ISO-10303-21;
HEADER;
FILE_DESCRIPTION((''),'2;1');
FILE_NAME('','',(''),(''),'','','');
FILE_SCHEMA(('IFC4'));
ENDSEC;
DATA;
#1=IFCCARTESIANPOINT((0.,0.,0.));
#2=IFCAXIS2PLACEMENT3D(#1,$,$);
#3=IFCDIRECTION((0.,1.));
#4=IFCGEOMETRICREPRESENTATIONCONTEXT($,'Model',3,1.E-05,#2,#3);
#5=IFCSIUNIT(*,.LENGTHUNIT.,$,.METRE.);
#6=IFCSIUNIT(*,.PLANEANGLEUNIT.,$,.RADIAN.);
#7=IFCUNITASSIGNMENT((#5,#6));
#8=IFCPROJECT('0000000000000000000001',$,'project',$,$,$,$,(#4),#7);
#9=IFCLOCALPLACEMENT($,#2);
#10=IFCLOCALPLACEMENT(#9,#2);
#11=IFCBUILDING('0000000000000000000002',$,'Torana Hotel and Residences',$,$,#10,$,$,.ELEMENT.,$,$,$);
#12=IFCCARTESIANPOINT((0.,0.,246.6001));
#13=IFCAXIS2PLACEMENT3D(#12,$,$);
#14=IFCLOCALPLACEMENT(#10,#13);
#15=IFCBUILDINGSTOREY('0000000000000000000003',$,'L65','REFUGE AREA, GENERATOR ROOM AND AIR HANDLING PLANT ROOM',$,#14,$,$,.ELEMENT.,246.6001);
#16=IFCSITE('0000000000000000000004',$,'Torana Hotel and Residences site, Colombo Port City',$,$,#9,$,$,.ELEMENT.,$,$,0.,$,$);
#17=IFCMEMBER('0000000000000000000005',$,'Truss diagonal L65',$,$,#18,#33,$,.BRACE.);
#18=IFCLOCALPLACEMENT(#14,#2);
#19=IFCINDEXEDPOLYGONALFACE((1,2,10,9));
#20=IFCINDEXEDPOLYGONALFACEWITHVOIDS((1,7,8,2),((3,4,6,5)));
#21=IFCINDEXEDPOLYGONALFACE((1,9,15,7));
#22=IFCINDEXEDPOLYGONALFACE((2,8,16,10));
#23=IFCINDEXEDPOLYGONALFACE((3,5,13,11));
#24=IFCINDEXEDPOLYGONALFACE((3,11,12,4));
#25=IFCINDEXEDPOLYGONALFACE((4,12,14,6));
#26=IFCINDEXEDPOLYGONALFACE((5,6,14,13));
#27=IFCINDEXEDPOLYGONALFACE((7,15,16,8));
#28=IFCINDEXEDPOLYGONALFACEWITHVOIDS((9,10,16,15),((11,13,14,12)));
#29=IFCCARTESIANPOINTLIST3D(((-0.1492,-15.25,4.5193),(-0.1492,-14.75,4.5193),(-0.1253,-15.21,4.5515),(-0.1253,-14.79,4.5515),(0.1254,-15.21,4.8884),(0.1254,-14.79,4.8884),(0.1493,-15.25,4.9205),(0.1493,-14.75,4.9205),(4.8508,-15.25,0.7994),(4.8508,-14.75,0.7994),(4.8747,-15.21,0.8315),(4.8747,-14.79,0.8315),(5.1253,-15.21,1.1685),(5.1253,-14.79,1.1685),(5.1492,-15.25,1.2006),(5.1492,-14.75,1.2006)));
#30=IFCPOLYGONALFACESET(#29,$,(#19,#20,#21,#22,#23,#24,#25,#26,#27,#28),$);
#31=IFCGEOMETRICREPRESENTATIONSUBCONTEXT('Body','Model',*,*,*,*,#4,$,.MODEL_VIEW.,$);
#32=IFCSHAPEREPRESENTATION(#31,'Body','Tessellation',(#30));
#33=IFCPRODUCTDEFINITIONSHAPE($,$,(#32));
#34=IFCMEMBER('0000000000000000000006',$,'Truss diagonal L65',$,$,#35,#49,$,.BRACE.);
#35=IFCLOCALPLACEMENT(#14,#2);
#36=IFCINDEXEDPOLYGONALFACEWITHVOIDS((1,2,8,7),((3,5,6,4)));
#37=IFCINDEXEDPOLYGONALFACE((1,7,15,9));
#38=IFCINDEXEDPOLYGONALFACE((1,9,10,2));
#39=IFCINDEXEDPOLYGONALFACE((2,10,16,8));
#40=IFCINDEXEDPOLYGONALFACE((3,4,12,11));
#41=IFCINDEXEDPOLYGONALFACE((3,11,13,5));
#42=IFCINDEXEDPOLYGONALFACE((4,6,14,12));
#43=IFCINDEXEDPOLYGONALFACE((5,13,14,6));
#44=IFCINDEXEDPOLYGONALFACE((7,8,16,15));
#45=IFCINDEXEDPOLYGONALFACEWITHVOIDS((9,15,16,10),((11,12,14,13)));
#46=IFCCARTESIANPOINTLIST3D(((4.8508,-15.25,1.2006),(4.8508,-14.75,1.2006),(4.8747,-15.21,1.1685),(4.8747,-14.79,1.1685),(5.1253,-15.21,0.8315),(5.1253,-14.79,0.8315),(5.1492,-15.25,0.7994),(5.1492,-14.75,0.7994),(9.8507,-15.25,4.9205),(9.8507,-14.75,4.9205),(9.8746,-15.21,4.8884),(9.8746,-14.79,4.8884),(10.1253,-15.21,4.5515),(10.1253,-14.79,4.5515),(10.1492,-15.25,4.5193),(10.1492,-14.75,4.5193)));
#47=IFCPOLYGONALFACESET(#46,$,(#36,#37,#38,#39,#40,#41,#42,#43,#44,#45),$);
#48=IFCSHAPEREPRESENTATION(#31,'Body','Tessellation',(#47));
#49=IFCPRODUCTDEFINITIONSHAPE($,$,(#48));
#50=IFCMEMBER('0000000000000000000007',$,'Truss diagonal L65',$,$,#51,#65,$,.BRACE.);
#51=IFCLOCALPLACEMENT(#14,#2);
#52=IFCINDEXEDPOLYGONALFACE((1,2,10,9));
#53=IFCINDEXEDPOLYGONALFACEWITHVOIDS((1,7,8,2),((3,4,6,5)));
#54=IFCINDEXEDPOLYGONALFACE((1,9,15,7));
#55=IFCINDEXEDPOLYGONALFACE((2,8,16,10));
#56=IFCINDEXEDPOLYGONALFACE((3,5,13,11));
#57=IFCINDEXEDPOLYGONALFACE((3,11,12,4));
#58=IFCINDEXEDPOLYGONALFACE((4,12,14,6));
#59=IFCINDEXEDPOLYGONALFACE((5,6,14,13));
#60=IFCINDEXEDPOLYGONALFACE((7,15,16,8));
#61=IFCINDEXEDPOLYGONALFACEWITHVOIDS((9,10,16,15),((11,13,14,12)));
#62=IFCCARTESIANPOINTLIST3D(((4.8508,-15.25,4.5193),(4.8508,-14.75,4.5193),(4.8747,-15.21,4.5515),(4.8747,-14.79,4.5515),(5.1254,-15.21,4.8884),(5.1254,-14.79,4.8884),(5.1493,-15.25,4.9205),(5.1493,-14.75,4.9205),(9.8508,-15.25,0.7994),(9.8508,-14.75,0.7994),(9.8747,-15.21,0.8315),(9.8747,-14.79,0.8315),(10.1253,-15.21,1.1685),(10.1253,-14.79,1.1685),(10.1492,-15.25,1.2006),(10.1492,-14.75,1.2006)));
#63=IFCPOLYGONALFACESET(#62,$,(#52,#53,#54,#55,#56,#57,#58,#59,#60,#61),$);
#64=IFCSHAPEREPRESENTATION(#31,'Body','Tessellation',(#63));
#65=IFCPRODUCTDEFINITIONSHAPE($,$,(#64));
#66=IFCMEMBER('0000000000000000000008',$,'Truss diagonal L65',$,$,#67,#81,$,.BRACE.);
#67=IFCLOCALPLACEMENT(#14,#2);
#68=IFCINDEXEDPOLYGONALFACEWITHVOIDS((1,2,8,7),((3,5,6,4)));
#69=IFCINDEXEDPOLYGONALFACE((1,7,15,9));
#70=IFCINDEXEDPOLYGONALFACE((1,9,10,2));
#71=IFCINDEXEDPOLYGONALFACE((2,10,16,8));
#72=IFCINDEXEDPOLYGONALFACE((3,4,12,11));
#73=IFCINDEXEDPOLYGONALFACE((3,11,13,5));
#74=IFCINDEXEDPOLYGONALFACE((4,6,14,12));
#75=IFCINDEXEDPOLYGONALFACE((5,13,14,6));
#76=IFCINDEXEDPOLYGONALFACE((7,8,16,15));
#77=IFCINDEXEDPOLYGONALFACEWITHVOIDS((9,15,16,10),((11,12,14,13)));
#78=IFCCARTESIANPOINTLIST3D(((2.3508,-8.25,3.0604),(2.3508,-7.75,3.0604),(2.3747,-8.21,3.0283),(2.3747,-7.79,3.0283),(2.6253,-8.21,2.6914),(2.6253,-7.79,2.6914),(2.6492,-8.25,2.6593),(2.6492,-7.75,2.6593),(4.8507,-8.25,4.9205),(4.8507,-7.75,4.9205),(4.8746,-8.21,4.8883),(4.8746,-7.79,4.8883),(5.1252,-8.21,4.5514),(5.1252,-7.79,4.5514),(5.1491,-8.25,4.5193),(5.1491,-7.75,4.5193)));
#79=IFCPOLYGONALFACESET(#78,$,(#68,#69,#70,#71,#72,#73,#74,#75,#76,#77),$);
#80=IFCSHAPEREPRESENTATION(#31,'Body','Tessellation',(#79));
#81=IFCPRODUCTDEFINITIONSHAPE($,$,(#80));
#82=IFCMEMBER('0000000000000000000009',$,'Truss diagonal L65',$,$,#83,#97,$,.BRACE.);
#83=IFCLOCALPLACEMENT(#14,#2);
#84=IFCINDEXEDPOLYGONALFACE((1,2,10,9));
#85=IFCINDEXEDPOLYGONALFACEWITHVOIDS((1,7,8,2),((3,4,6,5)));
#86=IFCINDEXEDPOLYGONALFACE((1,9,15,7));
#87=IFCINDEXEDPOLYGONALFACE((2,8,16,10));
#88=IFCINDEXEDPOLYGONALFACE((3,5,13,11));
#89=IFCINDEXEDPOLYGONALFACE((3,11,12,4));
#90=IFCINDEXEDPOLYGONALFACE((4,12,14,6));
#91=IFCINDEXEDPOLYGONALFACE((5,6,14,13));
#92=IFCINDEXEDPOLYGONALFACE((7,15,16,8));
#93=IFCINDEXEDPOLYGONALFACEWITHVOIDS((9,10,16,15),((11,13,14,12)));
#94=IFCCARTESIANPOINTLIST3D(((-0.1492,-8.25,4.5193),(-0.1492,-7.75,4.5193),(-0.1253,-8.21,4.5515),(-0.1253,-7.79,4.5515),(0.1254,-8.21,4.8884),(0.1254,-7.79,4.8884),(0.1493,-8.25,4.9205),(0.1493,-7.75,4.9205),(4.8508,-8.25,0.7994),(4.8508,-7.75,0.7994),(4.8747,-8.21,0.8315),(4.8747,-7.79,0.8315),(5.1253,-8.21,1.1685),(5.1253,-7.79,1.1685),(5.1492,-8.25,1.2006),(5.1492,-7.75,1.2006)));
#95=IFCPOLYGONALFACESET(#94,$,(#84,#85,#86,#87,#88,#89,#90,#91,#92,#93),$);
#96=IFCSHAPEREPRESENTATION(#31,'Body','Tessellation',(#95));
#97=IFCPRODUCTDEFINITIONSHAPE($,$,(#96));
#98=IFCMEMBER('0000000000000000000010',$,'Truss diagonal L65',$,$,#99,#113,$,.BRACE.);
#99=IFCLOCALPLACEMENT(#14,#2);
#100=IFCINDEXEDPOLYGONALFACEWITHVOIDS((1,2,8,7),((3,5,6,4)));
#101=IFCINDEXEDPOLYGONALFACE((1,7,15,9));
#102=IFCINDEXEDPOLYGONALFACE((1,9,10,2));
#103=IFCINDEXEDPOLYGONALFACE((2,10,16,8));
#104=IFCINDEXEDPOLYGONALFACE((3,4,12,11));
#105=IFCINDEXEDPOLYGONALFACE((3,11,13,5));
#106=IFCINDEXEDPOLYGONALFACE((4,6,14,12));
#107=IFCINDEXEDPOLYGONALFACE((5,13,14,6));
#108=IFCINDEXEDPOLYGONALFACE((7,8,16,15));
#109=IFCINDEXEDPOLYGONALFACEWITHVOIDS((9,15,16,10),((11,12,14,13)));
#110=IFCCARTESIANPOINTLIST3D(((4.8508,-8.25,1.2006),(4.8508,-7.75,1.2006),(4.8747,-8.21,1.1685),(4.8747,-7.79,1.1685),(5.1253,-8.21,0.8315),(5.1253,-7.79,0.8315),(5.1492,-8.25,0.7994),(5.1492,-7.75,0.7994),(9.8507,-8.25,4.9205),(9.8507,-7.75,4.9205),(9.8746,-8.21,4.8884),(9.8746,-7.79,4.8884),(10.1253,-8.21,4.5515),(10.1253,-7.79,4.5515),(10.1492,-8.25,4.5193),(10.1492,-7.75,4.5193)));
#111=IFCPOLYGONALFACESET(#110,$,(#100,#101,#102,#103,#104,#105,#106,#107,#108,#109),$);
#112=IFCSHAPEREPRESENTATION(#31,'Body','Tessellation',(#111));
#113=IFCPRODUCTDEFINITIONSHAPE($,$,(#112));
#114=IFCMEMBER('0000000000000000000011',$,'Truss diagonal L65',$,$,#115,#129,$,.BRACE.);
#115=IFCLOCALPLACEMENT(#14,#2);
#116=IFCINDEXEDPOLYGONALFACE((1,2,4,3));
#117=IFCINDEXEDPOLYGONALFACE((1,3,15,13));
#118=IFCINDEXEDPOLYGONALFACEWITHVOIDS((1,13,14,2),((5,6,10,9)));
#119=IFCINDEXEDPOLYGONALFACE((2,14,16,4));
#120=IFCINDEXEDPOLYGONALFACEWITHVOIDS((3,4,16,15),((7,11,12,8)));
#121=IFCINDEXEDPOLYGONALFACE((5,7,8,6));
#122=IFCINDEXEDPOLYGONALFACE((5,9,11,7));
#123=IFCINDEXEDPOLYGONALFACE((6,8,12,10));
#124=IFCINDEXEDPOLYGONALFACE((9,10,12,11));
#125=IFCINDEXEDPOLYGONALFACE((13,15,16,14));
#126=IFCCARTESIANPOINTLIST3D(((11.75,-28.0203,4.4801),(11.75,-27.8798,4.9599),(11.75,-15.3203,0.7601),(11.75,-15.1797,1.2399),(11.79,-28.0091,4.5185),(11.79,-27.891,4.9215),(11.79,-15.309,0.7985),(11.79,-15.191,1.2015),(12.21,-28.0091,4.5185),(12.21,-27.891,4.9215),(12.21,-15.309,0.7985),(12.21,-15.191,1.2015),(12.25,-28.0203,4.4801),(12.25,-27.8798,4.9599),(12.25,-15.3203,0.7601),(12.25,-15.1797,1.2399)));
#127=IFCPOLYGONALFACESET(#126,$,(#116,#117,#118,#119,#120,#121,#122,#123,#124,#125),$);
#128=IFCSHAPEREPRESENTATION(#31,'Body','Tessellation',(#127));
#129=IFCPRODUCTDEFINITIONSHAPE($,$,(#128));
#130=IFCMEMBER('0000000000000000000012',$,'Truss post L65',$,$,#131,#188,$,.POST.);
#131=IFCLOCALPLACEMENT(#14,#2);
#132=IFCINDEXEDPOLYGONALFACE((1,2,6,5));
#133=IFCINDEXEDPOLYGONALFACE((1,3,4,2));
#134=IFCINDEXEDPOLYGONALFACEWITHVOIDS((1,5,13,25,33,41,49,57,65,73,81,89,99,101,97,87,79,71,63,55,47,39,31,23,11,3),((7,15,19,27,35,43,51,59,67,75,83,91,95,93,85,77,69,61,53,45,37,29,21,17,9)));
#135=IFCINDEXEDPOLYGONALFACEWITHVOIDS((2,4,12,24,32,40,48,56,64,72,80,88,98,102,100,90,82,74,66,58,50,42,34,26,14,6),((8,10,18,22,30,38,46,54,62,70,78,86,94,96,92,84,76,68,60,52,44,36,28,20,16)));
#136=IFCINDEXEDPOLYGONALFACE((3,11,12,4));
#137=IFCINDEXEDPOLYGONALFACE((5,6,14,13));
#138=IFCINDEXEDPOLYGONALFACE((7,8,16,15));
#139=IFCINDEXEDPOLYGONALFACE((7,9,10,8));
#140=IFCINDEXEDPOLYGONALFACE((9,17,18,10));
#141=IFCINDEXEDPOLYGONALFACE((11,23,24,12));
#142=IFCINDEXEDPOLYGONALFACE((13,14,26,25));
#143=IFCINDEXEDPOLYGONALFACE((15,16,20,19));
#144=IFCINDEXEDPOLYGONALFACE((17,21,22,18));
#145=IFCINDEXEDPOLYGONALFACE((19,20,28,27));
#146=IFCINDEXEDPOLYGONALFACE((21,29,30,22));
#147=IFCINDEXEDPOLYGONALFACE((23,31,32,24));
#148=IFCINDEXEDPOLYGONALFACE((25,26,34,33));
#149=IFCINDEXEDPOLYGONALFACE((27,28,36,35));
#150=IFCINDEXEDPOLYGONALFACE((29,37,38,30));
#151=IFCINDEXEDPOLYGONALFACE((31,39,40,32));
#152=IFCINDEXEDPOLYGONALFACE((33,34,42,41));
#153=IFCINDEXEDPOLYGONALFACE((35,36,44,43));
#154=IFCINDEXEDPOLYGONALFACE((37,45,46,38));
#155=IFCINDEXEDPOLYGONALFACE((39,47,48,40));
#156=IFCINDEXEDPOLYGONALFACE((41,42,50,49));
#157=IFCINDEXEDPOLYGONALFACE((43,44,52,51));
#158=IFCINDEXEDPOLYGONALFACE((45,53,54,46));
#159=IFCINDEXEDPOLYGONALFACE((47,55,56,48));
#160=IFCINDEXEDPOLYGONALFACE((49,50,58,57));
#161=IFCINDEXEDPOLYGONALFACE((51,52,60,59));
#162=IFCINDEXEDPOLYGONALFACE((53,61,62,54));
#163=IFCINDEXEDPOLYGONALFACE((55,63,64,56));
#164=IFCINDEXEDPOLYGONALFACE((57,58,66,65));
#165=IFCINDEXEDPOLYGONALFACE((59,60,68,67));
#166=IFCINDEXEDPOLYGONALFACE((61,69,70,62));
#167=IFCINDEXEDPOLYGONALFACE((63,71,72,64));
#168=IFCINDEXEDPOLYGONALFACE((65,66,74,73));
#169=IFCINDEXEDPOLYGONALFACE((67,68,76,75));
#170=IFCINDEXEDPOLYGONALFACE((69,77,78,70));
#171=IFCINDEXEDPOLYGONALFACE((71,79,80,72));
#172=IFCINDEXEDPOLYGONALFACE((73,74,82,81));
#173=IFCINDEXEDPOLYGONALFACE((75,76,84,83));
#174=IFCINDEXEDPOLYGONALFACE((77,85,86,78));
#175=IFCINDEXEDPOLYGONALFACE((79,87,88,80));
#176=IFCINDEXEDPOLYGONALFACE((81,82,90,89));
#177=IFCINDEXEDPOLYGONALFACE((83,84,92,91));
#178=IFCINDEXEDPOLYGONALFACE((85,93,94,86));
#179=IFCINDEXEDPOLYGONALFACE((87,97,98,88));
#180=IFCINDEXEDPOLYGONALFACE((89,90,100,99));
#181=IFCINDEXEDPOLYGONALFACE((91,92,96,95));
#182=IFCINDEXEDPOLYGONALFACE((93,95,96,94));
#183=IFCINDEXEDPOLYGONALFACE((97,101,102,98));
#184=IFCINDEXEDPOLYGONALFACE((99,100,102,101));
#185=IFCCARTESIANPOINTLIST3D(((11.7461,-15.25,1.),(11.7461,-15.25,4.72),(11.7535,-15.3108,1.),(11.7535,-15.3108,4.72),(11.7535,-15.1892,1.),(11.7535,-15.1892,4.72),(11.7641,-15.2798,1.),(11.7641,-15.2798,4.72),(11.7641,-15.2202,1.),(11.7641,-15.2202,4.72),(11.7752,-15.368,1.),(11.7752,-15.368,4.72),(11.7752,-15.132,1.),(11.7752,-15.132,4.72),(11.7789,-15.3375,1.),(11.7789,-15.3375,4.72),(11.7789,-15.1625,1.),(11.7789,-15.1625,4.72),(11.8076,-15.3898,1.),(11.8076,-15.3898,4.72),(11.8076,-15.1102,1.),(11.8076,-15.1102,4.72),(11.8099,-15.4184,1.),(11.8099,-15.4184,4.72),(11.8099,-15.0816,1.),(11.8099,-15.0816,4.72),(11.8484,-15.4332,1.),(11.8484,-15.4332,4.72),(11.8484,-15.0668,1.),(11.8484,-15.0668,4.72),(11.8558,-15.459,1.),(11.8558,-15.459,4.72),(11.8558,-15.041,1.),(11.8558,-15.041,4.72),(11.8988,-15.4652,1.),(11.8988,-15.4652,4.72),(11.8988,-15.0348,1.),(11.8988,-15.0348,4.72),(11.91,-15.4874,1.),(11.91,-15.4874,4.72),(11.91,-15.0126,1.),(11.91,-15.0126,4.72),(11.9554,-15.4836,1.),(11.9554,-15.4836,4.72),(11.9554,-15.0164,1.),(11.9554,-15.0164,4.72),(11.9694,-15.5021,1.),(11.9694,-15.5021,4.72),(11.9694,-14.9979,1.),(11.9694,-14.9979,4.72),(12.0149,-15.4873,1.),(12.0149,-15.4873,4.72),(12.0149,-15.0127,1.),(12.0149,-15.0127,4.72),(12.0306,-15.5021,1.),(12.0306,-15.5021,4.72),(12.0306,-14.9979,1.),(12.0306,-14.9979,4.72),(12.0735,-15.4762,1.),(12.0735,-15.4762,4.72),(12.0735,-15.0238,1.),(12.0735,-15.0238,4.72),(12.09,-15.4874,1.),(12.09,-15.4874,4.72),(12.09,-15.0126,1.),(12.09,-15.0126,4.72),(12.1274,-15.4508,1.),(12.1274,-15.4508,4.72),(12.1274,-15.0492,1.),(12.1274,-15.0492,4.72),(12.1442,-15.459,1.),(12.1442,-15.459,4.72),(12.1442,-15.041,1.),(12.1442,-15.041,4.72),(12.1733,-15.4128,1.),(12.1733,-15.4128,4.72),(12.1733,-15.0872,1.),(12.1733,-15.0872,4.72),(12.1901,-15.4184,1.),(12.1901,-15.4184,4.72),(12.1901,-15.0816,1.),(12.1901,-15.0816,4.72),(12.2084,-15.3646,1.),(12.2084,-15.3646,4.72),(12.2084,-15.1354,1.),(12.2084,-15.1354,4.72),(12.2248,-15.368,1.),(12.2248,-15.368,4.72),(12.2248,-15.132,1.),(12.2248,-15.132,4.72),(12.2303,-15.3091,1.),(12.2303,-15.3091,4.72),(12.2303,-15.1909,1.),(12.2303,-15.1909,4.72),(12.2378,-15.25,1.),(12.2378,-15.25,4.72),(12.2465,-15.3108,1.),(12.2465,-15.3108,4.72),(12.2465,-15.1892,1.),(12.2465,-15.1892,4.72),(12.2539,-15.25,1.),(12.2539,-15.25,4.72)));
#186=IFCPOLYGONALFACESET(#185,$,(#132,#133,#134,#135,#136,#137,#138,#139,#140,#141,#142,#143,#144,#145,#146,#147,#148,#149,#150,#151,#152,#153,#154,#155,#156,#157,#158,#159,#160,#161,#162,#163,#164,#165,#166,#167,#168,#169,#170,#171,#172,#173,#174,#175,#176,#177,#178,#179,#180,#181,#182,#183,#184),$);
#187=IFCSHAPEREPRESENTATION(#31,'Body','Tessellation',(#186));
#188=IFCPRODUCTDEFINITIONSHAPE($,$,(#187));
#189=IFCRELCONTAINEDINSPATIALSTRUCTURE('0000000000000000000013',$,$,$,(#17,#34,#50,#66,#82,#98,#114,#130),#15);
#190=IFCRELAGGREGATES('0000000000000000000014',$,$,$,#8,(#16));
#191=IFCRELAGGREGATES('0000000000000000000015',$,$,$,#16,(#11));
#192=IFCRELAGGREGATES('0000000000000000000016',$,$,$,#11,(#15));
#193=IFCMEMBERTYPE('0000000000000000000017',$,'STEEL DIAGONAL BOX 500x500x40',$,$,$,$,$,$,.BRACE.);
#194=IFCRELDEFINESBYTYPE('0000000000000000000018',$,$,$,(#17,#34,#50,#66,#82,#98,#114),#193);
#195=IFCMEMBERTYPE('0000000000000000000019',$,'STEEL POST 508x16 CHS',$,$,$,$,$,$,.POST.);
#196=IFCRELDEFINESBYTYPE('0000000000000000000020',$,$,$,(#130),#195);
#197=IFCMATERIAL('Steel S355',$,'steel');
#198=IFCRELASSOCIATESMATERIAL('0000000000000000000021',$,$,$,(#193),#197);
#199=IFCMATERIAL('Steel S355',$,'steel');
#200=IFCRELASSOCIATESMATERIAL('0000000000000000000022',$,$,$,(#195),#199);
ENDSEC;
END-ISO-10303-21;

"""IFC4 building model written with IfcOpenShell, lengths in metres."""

from ifc_helpers import new_model, si_unit, direction, frame, origin, origin_2d, place, context, subcontext, project, spatial, hollow_rectangle, hollow_circle, extrude, material, material_profile, profile_set, type_object, element, save


model = new_model("IFC4")

# Units and contexts
model_context = context("Model", 3, precision=1e-05, world=origin(), true_north=direction((0.0, 1.0)))
body_context = subcontext(model_context, "Body", "Model", "MODEL_VIEW")
ifc_project = project(units=[si_unit("LENGTHUNIT", "METRE"), si_unit("PLANEANGLEUNIT", "RADIAN")], contexts=[model_context])

# Site, building, storey
site_placement = place(None, origin())
site = spatial("IfcSite", under=ifc_project, at=site_placement, Name="Torana Hotel and Residences site, Colombo Port City", CompositionType="ELEMENT", RefElevation=0.0)
building_placement = place(site_placement, origin())
building = spatial("IfcBuilding", under=site, at=building_placement, Name="Torana Hotel and Residences", CompositionType="ELEMENT")
storey_placement = place(building_placement, frame((0.0, 0.0, 246.6001)))
storey = spatial("IfcBuildingStorey", under=building, at=storey_placement, Name="L65", Description="REFUGE AREA, GENERATOR ROOM AND AIR HANDLING PLANT ROOM", CompositionType="ELEMENT", Elevation=246.6001)

# Members
ifc_material_1 = material(Name="Steel S355", Category="steel")
ifc_material_profile_1 = material_profile(ifc_material_1, hollow_rectangle(XDim=0.5, YDim=0.5, WallThickness=0.04, at=origin_2d()), Name="BOX 500x500x40")
ifc_profile_set_1 = profile_set([ifc_material_profile_1], Name="Steel S355")
member_type_1 = type_object("IfcMemberType", Name="STEEL DIAGONAL BOX 500x500x40", PredefinedType="BRACE", material=ifc_profile_set_1)
for number, where, z_axis, x_axis, name in (
    (1, (5.0, -15.0, 1.0), (-0.802307, 0.0, 0.596912), (0.0, -1.0, 0.0), "Truss diagonal L65"),
    (2, (5.0, -15.0, 1.0), (0.802307, 0.0, 0.596912), (0.0, 1.0, 0.0), "Truss diagonal L65"),
    (3, (10.0, -15.0, 1.0), (-0.802307, 0.0, 0.596912), (0.0, -1.0, 0.0), "Truss diagonal L65"),
):
    element("IfcMember", number, at=place(storey_placement, frame(where, z_axis=z_axis, x_axis=x_axis)), inside=storey, type_object=member_type_1, Name=name, PredefinedType="BRACE", context=body_context, shape_type="SweptSolid", body=[
        extrude(hollow_rectangle(XDim=0.5, YDim=0.5, WallThickness=0.04, at=origin_2d()), origin(), (0.0, 0.0, 1.0), 6.2319),
    ])
member_1_placement = place(storey_placement, frame((2.5, -8.0, 2.8599), z_axis=(0.802288, 0.0, 0.596937), x_axis=(0.0, 1.0, 0.0)))
element("IfcMember", 4, at=member_1_placement, inside=storey, type_object=member_type_1, Name="Truss diagonal L65", PredefinedType="BRACE", context=body_context, shape_type="SweptSolid", body=[
    extrude(hollow_rectangle(XDim=0.5, YDim=0.5, WallThickness=0.04, at=origin_2d()), origin(), (0.0, 0.0, 1.0), 3.116),
])
for number, where, z_axis, x_axis, name in (
    (5, (5.0, -8.0, 1.0), (-0.802307, 0.0, 0.596912), (0.0, -1.0, 0.0), "Truss diagonal L65"),
    (6, (5.0, -8.0, 1.0), (0.802307, 0.0, 0.596912), (0.0, 1.0, 0.0), "Truss diagonal L65"),
):
    element("IfcMember", number, at=place(storey_placement, frame(where, z_axis=z_axis, x_axis=x_axis)), inside=storey, type_object=member_type_1, Name=name, PredefinedType="BRACE", context=body_context, shape_type="SweptSolid", body=[
        extrude(hollow_rectangle(XDim=0.5, YDim=0.5, WallThickness=0.04, at=origin_2d()), origin(), (0.0, 0.0, 1.0), 6.2319),
    ])
member_2_placement = place(storey_placement, frame((12.0, -15.25, 1.0), z_axis=(0.0, -0.959678, 0.281101), x_axis=(1.0, 0.0, 0.0)))
element("IfcMember", 7, at=member_2_placement, inside=storey, type_object=member_type_1, Name="Truss diagonal L65", PredefinedType="BRACE", context=body_context, shape_type="SweptSolid", body=[
    extrude(hollow_rectangle(XDim=0.5, YDim=0.5, WallThickness=0.04, at=origin_2d()), origin(), (0.0, 0.0, 1.0), 13.2336),
])
ifc_material_2 = material(Name="Steel S355", Category="steel")
ifc_material_profile_2 = material_profile(ifc_material_2, hollow_circle(Radius=0.2539, WallThickness=0.0161, at=origin_2d()), Name="508x16 CHS")
ifc_profile_set_2 = profile_set([ifc_material_profile_2], Name="Steel S355")
member_type_2 = type_object("IfcMemberType", Name="STEEL POST 508x16 CHS", PredefinedType="POST", material=ifc_profile_set_2)
for number, where, z_axis, x_axis, name in (
    (8, (12.0, -15.25, 1.0), (0.0, 0.0, 1.0), (1.0, 0.0, 0.0), "Truss post L65"),
):
    element("IfcMember", number, at=place(storey_placement, frame(where, z_axis=z_axis, x_axis=x_axis)), inside=storey, type_object=member_type_2, Name=name, PredefinedType="POST", context=body_context, shape_type="SweptSolid", body=[
        extrude(hollow_circle(Radius=0.2539, WallThickness=0.0161, at=origin_2d()), origin(), (0.0, 0.0, 1.0), 3.72),
    ])

save(model, "model.ifc")
